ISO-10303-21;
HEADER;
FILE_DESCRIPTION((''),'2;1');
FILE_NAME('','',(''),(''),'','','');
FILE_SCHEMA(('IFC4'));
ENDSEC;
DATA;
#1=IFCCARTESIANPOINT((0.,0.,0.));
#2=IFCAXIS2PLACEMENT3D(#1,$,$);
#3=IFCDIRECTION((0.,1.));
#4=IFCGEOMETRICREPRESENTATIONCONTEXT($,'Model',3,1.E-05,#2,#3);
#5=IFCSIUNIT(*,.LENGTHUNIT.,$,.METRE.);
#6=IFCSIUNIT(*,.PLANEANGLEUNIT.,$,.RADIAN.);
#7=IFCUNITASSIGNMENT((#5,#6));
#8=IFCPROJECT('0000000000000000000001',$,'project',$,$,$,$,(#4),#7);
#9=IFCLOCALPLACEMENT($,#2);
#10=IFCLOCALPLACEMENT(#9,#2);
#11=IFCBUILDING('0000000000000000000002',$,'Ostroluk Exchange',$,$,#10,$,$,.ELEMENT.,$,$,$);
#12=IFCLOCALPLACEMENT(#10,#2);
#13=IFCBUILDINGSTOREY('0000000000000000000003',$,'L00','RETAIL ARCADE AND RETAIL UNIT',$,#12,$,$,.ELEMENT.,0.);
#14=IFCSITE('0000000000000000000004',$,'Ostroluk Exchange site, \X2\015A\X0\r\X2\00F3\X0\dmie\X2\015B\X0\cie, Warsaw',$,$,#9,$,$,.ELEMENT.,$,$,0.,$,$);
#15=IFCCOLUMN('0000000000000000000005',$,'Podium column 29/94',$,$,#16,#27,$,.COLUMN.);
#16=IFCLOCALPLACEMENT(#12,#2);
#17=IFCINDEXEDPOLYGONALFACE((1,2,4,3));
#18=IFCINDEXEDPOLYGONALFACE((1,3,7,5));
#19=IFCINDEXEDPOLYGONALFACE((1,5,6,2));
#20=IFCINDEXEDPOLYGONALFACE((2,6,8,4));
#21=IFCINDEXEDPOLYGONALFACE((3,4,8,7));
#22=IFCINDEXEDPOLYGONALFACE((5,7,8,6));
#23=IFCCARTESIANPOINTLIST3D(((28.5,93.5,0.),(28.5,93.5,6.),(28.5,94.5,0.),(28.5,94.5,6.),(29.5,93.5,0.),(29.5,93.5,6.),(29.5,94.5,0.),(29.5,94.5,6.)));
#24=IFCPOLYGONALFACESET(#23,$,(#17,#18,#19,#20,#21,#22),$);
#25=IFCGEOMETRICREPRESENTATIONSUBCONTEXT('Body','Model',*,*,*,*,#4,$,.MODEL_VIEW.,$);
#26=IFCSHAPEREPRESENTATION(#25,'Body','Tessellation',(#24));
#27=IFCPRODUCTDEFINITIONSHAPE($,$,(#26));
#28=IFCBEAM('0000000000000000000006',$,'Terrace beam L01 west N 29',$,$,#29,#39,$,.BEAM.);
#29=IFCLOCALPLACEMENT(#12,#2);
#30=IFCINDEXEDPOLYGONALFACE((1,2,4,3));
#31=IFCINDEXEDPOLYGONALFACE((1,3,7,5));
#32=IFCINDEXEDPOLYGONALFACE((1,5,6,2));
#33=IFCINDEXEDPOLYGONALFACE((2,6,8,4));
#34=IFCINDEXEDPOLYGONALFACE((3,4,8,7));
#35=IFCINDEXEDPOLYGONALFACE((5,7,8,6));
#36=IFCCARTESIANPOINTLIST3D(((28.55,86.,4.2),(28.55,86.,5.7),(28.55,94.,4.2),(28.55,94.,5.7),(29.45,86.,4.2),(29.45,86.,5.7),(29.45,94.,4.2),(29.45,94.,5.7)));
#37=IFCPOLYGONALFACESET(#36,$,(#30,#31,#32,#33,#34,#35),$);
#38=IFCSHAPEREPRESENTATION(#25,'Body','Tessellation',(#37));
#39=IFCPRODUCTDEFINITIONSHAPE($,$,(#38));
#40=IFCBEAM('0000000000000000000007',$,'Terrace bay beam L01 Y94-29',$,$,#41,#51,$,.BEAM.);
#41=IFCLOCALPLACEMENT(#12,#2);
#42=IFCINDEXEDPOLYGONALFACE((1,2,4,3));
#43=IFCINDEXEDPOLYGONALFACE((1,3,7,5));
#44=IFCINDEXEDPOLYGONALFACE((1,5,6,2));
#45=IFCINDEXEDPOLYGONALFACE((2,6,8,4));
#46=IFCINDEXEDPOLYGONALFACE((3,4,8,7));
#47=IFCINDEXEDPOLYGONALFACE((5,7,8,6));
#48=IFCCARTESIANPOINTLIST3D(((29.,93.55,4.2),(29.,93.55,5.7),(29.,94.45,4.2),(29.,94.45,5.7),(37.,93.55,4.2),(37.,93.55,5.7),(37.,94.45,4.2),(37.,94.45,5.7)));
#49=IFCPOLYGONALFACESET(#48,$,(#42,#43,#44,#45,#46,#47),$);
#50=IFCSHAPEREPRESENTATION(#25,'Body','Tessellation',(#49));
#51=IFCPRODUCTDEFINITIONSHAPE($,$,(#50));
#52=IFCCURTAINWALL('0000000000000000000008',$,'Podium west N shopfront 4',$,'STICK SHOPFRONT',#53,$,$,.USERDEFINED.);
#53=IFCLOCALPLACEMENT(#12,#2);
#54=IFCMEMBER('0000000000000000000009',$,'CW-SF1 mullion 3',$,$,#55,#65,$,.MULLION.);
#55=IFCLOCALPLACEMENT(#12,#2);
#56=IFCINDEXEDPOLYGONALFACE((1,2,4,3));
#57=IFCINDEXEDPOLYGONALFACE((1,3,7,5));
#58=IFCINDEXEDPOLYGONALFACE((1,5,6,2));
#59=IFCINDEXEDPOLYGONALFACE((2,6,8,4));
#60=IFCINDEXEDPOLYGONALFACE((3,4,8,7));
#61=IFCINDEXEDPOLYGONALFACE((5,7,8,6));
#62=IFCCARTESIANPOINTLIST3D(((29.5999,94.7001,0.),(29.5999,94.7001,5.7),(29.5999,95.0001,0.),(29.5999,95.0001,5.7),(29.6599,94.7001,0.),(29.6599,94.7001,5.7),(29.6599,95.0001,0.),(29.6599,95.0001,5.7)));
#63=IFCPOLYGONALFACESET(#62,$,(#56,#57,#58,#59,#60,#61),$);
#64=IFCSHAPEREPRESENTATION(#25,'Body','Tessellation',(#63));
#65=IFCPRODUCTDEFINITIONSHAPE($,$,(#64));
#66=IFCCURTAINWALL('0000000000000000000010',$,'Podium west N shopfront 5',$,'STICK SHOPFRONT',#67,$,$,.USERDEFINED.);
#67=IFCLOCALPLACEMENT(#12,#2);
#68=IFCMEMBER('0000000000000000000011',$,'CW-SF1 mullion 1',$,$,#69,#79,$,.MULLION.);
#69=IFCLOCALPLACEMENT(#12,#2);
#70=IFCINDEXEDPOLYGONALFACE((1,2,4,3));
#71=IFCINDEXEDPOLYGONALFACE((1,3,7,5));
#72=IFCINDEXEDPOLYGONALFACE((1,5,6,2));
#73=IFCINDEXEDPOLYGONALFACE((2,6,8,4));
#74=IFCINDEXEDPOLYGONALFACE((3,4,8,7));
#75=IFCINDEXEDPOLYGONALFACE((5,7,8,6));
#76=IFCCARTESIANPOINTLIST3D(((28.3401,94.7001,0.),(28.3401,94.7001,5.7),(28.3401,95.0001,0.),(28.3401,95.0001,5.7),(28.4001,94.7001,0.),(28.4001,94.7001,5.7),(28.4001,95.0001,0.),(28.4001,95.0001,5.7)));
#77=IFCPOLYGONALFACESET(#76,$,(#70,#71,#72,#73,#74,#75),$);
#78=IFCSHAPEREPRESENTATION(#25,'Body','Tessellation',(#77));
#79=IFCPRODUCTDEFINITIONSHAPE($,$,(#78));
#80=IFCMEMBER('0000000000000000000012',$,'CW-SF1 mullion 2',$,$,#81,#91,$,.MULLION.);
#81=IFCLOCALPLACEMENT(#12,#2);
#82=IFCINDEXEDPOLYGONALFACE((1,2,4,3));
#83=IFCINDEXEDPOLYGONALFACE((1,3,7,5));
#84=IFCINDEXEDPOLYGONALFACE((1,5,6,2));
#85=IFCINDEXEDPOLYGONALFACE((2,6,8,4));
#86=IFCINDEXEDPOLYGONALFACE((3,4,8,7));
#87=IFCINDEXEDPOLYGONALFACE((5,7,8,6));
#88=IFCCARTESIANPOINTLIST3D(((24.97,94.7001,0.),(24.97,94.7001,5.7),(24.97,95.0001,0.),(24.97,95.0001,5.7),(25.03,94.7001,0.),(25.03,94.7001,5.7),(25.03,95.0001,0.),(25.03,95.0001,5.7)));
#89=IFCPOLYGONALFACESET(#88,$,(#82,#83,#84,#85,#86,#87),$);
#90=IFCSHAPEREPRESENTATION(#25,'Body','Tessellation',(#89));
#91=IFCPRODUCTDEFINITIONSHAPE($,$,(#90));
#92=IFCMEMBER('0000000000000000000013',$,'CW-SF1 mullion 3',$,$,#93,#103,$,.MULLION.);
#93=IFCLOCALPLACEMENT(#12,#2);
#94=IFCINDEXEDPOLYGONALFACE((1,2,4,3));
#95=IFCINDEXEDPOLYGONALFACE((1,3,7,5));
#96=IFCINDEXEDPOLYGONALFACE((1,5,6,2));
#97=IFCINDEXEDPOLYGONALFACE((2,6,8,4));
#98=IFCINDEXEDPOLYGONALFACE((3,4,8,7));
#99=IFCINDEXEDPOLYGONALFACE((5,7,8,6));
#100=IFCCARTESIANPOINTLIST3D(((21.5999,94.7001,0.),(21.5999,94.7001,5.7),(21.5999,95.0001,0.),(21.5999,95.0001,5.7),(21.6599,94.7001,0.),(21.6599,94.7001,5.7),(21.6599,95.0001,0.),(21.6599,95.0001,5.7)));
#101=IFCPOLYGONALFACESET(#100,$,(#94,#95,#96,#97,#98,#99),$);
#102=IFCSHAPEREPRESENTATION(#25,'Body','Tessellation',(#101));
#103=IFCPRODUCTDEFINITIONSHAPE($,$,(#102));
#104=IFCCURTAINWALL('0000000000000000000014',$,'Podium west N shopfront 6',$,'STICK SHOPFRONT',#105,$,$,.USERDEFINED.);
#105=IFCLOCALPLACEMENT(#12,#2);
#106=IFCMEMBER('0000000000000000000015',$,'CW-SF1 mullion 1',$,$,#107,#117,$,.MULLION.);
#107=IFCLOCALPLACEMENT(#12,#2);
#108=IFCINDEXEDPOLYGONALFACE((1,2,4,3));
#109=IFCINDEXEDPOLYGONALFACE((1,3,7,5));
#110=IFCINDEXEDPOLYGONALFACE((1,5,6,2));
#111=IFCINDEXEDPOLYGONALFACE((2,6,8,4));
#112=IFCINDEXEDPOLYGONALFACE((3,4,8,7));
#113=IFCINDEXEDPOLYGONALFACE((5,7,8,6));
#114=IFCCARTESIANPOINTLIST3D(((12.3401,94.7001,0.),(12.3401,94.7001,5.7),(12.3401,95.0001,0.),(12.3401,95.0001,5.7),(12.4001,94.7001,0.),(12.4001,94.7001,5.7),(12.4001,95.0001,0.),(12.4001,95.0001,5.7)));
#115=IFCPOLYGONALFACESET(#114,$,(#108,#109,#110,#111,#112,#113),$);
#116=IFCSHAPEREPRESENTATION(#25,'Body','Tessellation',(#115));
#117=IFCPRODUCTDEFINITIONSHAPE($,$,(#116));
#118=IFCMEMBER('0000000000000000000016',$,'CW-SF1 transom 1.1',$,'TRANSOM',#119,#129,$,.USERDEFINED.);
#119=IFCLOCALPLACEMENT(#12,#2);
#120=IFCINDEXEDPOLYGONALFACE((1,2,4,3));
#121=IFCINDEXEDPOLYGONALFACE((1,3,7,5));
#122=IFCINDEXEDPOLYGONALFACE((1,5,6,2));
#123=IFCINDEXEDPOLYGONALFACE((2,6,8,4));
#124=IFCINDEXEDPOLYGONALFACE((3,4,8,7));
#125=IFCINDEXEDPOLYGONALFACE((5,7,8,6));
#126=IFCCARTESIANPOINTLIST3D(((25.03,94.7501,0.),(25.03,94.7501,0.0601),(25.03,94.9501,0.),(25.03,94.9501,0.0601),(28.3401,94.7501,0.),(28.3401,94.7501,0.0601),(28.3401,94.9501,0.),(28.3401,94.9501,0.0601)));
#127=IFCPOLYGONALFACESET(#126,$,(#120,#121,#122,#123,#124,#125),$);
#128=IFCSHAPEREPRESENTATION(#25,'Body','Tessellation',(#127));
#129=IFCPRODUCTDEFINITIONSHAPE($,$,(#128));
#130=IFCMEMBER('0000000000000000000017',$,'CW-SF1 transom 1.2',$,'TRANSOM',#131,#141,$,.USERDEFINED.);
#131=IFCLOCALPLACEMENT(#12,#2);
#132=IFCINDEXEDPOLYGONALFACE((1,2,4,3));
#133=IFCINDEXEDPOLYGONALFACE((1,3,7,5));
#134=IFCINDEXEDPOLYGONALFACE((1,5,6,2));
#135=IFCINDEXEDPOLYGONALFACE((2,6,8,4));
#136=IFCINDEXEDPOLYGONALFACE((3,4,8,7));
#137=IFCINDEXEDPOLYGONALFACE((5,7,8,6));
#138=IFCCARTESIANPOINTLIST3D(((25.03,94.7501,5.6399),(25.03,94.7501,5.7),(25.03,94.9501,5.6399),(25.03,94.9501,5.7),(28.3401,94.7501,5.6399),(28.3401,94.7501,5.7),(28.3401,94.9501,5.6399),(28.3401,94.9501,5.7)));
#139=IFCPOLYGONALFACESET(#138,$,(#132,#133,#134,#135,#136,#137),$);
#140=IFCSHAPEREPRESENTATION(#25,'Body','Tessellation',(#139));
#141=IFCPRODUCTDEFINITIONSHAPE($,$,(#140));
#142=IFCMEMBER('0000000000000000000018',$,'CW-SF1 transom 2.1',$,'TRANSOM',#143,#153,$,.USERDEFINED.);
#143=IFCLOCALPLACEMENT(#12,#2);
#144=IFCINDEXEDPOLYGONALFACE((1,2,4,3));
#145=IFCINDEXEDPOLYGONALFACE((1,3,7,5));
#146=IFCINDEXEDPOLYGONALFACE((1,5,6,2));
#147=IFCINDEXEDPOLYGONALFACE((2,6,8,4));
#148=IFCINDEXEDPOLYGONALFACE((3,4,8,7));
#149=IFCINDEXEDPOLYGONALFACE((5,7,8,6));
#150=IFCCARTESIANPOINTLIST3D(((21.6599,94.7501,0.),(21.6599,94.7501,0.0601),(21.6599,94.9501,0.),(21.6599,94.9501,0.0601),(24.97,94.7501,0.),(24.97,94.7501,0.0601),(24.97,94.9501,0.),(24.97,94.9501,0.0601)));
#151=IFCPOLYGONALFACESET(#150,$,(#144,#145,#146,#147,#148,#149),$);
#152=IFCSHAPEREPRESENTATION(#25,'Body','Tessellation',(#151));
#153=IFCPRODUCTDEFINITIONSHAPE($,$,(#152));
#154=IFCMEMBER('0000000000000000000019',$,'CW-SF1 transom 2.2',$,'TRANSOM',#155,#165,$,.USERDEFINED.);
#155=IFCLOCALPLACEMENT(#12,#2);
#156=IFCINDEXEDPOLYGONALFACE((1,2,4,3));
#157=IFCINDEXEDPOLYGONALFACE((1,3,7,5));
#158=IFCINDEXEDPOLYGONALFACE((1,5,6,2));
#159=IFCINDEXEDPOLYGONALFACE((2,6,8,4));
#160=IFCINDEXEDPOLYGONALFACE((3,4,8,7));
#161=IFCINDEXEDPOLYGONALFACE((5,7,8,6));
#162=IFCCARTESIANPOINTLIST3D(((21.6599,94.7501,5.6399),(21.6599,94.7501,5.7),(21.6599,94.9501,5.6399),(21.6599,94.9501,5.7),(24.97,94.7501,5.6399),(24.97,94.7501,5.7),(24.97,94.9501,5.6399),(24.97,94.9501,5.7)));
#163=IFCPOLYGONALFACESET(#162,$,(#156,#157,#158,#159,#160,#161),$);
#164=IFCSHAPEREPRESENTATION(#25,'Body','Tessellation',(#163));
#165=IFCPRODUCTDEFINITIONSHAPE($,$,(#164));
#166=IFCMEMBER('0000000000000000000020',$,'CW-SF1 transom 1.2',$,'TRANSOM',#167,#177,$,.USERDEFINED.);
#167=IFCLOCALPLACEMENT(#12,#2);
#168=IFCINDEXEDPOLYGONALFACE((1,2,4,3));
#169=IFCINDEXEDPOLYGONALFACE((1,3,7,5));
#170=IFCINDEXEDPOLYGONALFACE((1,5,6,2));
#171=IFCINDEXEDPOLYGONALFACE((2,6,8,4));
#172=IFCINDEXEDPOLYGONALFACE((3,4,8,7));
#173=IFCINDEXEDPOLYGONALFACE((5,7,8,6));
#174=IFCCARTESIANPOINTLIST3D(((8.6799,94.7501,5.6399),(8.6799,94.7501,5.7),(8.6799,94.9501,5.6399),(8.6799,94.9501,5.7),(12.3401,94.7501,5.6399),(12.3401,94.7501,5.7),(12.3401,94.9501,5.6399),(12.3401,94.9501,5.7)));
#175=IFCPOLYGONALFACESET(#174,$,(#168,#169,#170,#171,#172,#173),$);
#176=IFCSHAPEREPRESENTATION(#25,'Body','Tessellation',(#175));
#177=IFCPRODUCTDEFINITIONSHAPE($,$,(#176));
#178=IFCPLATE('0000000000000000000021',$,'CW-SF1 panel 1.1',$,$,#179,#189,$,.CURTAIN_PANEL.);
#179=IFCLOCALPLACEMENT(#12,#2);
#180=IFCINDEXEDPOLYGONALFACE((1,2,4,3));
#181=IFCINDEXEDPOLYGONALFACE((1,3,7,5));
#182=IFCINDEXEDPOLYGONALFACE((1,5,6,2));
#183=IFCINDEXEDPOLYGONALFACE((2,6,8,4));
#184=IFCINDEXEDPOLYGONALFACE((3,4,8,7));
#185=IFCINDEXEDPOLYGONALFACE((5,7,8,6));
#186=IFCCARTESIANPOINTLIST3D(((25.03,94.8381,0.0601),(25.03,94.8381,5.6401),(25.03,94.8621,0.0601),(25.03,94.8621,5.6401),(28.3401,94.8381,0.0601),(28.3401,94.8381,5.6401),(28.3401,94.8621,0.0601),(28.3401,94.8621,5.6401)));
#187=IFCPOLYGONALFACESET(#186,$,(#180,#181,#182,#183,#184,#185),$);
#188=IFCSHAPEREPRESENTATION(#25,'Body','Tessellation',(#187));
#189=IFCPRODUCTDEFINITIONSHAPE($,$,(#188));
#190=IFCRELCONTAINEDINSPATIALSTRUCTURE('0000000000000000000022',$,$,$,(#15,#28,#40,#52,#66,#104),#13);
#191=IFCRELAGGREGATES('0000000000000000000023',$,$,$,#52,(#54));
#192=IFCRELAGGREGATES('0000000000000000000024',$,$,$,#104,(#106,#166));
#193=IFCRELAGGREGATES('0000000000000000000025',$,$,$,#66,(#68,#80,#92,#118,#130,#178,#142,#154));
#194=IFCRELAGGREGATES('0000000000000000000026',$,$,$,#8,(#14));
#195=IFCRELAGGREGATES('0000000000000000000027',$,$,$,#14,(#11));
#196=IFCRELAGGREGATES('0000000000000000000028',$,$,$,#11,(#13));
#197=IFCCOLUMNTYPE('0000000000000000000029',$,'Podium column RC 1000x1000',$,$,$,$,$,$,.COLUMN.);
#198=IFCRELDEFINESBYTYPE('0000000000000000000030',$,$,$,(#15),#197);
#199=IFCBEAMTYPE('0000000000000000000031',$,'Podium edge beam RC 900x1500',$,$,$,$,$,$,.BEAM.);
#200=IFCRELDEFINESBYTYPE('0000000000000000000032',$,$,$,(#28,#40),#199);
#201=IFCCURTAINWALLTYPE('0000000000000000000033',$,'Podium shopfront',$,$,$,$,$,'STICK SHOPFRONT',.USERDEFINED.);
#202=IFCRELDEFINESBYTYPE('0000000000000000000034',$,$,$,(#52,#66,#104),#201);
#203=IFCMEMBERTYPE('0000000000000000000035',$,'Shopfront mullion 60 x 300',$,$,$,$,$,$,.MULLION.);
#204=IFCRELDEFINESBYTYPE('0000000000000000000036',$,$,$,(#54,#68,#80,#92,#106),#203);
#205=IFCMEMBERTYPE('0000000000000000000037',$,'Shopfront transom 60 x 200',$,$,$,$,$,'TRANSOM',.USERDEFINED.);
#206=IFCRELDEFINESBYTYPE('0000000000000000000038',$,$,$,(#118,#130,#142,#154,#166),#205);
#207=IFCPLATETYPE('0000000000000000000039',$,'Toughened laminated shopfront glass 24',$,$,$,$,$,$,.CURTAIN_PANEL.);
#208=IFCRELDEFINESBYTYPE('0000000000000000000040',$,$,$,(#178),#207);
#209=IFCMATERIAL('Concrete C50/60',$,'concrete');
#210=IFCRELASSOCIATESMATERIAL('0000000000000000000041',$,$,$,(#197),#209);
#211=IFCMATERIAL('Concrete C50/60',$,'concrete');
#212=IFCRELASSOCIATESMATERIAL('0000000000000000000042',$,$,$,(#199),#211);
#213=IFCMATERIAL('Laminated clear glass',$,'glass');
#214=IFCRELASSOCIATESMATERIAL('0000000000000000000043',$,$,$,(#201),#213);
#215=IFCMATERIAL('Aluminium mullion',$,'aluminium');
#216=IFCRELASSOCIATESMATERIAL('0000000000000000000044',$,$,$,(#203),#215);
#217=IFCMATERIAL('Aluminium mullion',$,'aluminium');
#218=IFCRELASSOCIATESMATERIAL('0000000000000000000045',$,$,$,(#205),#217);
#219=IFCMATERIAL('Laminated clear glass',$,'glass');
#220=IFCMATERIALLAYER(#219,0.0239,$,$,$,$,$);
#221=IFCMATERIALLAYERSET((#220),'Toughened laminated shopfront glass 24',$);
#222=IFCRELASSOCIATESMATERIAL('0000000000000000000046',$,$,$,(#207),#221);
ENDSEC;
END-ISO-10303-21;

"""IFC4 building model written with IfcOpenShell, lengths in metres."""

from ifc_helpers import new_model, si_unit, direction, frame, origin, origin_2d, place, context, subcontext, project, spatial, rectangle, extrude, material, layer, layer_set, material_profile, profile_set, type_object, element, aggregate, save


model = new_model("IFC4")

# Units and contexts
model_context = context("Model", 3, precision=1e-05, world=origin(), true_north=direction((0.0, 1.0)))
body_context = subcontext(model_context, "Body", "Model", "MODEL_VIEW")
ifc_project = project(units=[si_unit("LENGTHUNIT", "METRE"), si_unit("PLANEANGLEUNIT", "RADIAN")], contexts=[model_context])

# Site, building, storey
site_placement = place(None, origin())
site = spatial("IfcSite", under=ifc_project, at=site_placement, Name="Ostroluk Exchange site, Śródmieście, Warsaw", CompositionType="ELEMENT", RefElevation=0.0)
building_placement = place(site_placement, origin())
building = spatial("IfcBuilding", under=site, at=building_placement, Name="Ostroluk Exchange", CompositionType="ELEMENT")
storey_placement = place(building_placement, origin())
storey = spatial("IfcBuildingStorey", under=building, at=storey_placement, Name="L00", Description="RETAIL ARCADE AND RETAIL UNIT", CompositionType="ELEMENT", Elevation=0.0)

# Column
ifc_material_1 = material(Name="Concrete C50/60", Category="concrete")
ifc_material_profile_1 = material_profile(ifc_material_1, rectangle(XDim=1.0, YDim=1.0, at=origin_2d()), Name="RC 1000x1000")
ifc_profile_set_1 = profile_set([ifc_material_profile_1], Name="Concrete C50/60")
column_type = type_object("IfcColumnType", Name="Podium column RC 1000x1000", PredefinedType="COLUMN", material=ifc_profile_set_1)
column_placement = place(storey_placement, frame((29.0, 94.0, 0.0), z_axis=(0.0, 0.0, 1.0), x_axis=(1.0, 0.0, 0.0)))
element("IfcColumn", 1, at=column_placement, inside=storey, type_object=column_type, Name="Podium column 29/94", PredefinedType="COLUMN", context=body_context, shape_type="SweptSolid", body=[
    extrude(rectangle(XDim=1.0, YDim=1.0, at=origin_2d()), origin(), (0.0, 0.0, 1.0), 6.0),
])

# Beams
ifc_material_2 = material(Name="Concrete C50/60", Category="concrete")
ifc_material_profile_2 = material_profile(ifc_material_2, rectangle(XDim=0.8999, YDim=1.5, at=origin_2d()), Name="RC 900x1500")
ifc_profile_set_2 = profile_set([ifc_material_profile_2], Name="Concrete C50/60")
beam_type = type_object("IfcBeamType", Name="Podium edge beam RC 900x1500", PredefinedType="BEAM", material=ifc_profile_set_2)
for number, where, z_axis, x_axis, name in (
    (2, (29.0, 94.0, 4.95), (0.0, -1.0, 0.0), (1.0, 0.0, 0.0), "Terrace beam L01 west N 29"),
    (3, (29.0, 94.0, 4.95), (1.0, 0.0, 0.0), (0.0, 1.0, 0.0), "Terrace bay beam L01 Y94-29"),
):
    element("IfcBeam", number, at=place(storey_placement, frame(where, z_axis=z_axis, x_axis=x_axis)), inside=storey, type_object=beam_type, Name=name, PredefinedType="BEAM", context=body_context, shape_type="SweptSolid", body=[
        extrude(rectangle(XDim=0.8999, YDim=1.5, at=origin_2d()), origin(), (0.0, 0.0, 1.0), 8.0),
    ])

# Curtain wall, member
ifc_material_3 = material(Name="Laminated clear glass", Category="glass")
curtain_wall_type = type_object("IfcCurtainWallType", Name="Podium shopfront", ElementType="STICK SHOPFRONT", PredefinedType="USERDEFINED", material=ifc_material_3)
curtain_wall_1_placement = place(storey_placement, origin())
curtain_wall_1 = element("IfcCurtainWall", 4, at=curtain_wall_1_placement, inside=storey, type_object=curtain_wall_type, Name="Podium west N shopfront 4", ObjectType="STICK SHOPFRONT", PredefinedType="USERDEFINED")
ifc_material_4 = material(Name="Aluminium mullion", Category="aluminium")
ifc_material_profile_3 = material_profile(ifc_material_4, rectangle(XDim=0.3, YDim=0.0601, at=origin_2d()), Name="Shopfront mullion 60 x 300")
ifc_profile_set_3 = profile_set([ifc_material_profile_3], Name="Aluminium mullion")
member_type_1 = type_object("IfcMemberType", Name="Shopfront mullion 60 x 300", PredefinedType="MULLION", material=ifc_profile_set_3)
member_1_placement = place(storey_placement, frame((29.6299, 94.8501, 0.0), z_axis=(0.0, 0.0, 1.0), x_axis=(0.0, -1.0, 0.0)))
member_1 = element("IfcMember", 5, at=member_1_placement, type_object=member_type_1, Name="CW-SF1 mullion 3", PredefinedType="MULLION", context=body_context, shape_type="SweptSolid", body=[
    extrude(rectangle(XDim=0.3, YDim=0.0601, at=origin_2d()), origin(), (0.0, 0.0, 1.0), 5.7),
])
aggregate(curtain_wall_1, [member_1])

# Curtain wall, members
curtain_wall_2_placement = place(storey_placement, origin())
curtain_wall_2 = element("IfcCurtainWall", 6, at=curtain_wall_2_placement, inside=storey, type_object=curtain_wall_type, Name="Podium west N shopfront 5", ObjectType="STICK SHOPFRONT", PredefinedType="USERDEFINED")
member_2_placement = place(storey_placement, frame((28.3701, 94.8501, 0.0), z_axis=(0.0, 0.0, 1.0), x_axis=(0.0, -1.0, 0.0)))
member_2 = element("IfcMember", 7, at=member_2_placement, type_object=member_type_1, Name="CW-SF1 mullion 1", PredefinedType="MULLION", context=body_context, shape_type="SweptSolid", body=[
    extrude(rectangle(XDim=0.3, YDim=0.0601, at=origin_2d()), origin(), (0.0, 0.0, 1.0), 5.7),
])
member_3_placement = place(storey_placement, frame((25.0, 94.8501, 0.0), z_axis=(0.0, 0.0, 1.0), x_axis=(0.0, -1.0, 0.0)))
member_3 = element("IfcMember", 8, at=member_3_placement, type_object=member_type_1, Name="CW-SF1 mullion 2", PredefinedType="MULLION", context=body_context, shape_type="SweptSolid", body=[
    extrude(rectangle(XDim=0.3, YDim=0.0601, at=origin_2d()), origin(), (0.0, 0.0, 1.0), 5.7),
])
member_4_placement = place(storey_placement, frame((21.6299, 94.8501, 0.0), z_axis=(0.0, 0.0, 1.0), x_axis=(0.0, -1.0, 0.0)))
member_4 = element("IfcMember", 9, at=member_4_placement, type_object=member_type_1, Name="CW-SF1 mullion 3", PredefinedType="MULLION", context=body_context, shape_type="SweptSolid", body=[
    extrude(rectangle(XDim=0.3, YDim=0.0601, at=origin_2d()), origin(), (0.0, 0.0, 1.0), 5.7),
])

# Curtain wall, member
curtain_wall_3_placement = place(storey_placement, origin())
curtain_wall_3 = element("IfcCurtainWall", 10, at=curtain_wall_3_placement, inside=storey, type_object=curtain_wall_type, Name="Podium west N shopfront 6", ObjectType="STICK SHOPFRONT", PredefinedType="USERDEFINED")
member_5_placement = place(storey_placement, frame((12.3701, 94.8501, 0.0), z_axis=(0.0, 0.0, 1.0), x_axis=(0.0, -1.0, 0.0)))
member_5 = element("IfcMember", 11, at=member_5_placement, type_object=member_type_1, Name="CW-SF1 mullion 1", PredefinedType="MULLION", context=body_context, shape_type="SweptSolid", body=[
    extrude(rectangle(XDim=0.3, YDim=0.0601, at=origin_2d()), origin(), (0.0, 0.0, 1.0), 5.7),
])

# Members
ifc_material_5 = material(Name="Aluminium mullion", Category="aluminium")
ifc_material_profile_4 = material_profile(ifc_material_5, rectangle(XDim=0.2, YDim=0.0601, at=origin_2d()), Name="Shopfront transom 60 x 200")
ifc_profile_set_4 = profile_set([ifc_material_profile_4], Name="Aluminium mullion")
member_type_2 = type_object("IfcMemberType", Name="Shopfront transom 60 x 200", ElementType="TRANSOM", PredefinedType="USERDEFINED", material=ifc_profile_set_4)
member_6_placement = place(storey_placement, frame((28.3401, 94.8501, 0.03), z_axis=(-1.0, 0.0, 0.0), x_axis=(0.0, -1.0, 0.0)))
member_6 = element("IfcMember", 12, at=member_6_placement, type_object=member_type_2, Name="CW-SF1 transom 1.1", ObjectType="TRANSOM", PredefinedType="USERDEFINED", context=body_context, shape_type="SweptSolid", body=[
    extrude(rectangle(XDim=0.2, YDim=0.0601, at=origin_2d()), origin(), (0.0, 0.0, 1.0), 3.3101),
])
member_7_placement = place(storey_placement, frame((28.3401, 94.8501, 5.6699), z_axis=(-1.0, 0.0, 0.0), x_axis=(0.0, -1.0, 0.0)))
member_7 = element("IfcMember", 13, at=member_7_placement, type_object=member_type_2, Name="CW-SF1 transom 1.2", ObjectType="TRANSOM", PredefinedType="USERDEFINED", context=body_context, shape_type="SweptSolid", body=[
    extrude(rectangle(XDim=0.2, YDim=0.0601, at=origin_2d()), origin(), (0.0, 0.0, 1.0), 3.3101),
])
member_8_placement = place(storey_placement, frame((24.97, 94.8501, 0.03), z_axis=(-1.0, 0.0, 0.0), x_axis=(0.0, -1.0, 0.0)))
member_8 = element("IfcMember", 14, at=member_8_placement, type_object=member_type_2, Name="CW-SF1 transom 2.1", ObjectType="TRANSOM", PredefinedType="USERDEFINED", context=body_context, shape_type="SweptSolid", body=[
    extrude(rectangle(XDim=0.2, YDim=0.0601, at=origin_2d()), origin(), (0.0, 0.0, 1.0), 3.3101),
])
member_9_placement = place(storey_placement, frame((24.97, 94.8501, 5.6699), z_axis=(-1.0, 0.0, 0.0), x_axis=(0.0, -1.0, 0.0)))
member_9 = element("IfcMember", 15, at=member_9_placement, type_object=member_type_2, Name="CW-SF1 transom 2.2", ObjectType="TRANSOM", PredefinedType="USERDEFINED", context=body_context, shape_type="SweptSolid", body=[
    extrude(rectangle(XDim=0.2, YDim=0.0601, at=origin_2d()), origin(), (0.0, 0.0, 1.0), 3.3101),
])
member_10_placement = place(storey_placement, frame((12.3401, 94.8501, 5.6699), z_axis=(-1.0, 0.0, 0.0), x_axis=(0.0, -1.0, 0.0)))
member_10 = element("IfcMember", 16, at=member_10_placement, type_object=member_type_2, Name="CW-SF1 transom 1.2", ObjectType="TRANSOM", PredefinedType="USERDEFINED", context=body_context, shape_type="SweptSolid", body=[
    extrude(rectangle(XDim=0.2, YDim=0.0601, at=origin_2d()), origin(), (0.0, 0.0, 1.0), 3.6602),
])
aggregate(curtain_wall_3, [member_5, member_10])

# Plate
ifc_material_6 = material(Name="Laminated clear glass", Category="glass")
ifc_layer_1 = layer(ifc_material_6, 0.0239)
ifc_layer_set_1 = layer_set([ifc_layer_1], Name="Toughened laminated shopfront glass 24")
plate_type = type_object("IfcPlateType", Name="Toughened laminated shopfront glass 24", PredefinedType="CURTAIN_PANEL", material=ifc_layer_set_1)
plate_1_placement = place(storey_placement, frame((26.6851, 94.8501, 0.0601), z_axis=(0.0, 0.0, 1.0), x_axis=(-1.0, 0.0, 0.0)))
plate_1 = element("IfcPlate", 17, at=plate_1_placement, type_object=plate_type, Name="CW-SF1 panel 1.1", PredefinedType="CURTAIN_PANEL", context=body_context, shape_type="SweptSolid", body=[
    extrude(rectangle(XDim=3.3101, YDim=0.0239, at=origin_2d()), origin(), (0.0, 0.0, 1.0), 5.5801),
])
aggregate(curtain_wall_2, [member_2, member_3, member_4, member_6, member_7, plate_1, member_8, member_9])

save(model, "model.ifc")
